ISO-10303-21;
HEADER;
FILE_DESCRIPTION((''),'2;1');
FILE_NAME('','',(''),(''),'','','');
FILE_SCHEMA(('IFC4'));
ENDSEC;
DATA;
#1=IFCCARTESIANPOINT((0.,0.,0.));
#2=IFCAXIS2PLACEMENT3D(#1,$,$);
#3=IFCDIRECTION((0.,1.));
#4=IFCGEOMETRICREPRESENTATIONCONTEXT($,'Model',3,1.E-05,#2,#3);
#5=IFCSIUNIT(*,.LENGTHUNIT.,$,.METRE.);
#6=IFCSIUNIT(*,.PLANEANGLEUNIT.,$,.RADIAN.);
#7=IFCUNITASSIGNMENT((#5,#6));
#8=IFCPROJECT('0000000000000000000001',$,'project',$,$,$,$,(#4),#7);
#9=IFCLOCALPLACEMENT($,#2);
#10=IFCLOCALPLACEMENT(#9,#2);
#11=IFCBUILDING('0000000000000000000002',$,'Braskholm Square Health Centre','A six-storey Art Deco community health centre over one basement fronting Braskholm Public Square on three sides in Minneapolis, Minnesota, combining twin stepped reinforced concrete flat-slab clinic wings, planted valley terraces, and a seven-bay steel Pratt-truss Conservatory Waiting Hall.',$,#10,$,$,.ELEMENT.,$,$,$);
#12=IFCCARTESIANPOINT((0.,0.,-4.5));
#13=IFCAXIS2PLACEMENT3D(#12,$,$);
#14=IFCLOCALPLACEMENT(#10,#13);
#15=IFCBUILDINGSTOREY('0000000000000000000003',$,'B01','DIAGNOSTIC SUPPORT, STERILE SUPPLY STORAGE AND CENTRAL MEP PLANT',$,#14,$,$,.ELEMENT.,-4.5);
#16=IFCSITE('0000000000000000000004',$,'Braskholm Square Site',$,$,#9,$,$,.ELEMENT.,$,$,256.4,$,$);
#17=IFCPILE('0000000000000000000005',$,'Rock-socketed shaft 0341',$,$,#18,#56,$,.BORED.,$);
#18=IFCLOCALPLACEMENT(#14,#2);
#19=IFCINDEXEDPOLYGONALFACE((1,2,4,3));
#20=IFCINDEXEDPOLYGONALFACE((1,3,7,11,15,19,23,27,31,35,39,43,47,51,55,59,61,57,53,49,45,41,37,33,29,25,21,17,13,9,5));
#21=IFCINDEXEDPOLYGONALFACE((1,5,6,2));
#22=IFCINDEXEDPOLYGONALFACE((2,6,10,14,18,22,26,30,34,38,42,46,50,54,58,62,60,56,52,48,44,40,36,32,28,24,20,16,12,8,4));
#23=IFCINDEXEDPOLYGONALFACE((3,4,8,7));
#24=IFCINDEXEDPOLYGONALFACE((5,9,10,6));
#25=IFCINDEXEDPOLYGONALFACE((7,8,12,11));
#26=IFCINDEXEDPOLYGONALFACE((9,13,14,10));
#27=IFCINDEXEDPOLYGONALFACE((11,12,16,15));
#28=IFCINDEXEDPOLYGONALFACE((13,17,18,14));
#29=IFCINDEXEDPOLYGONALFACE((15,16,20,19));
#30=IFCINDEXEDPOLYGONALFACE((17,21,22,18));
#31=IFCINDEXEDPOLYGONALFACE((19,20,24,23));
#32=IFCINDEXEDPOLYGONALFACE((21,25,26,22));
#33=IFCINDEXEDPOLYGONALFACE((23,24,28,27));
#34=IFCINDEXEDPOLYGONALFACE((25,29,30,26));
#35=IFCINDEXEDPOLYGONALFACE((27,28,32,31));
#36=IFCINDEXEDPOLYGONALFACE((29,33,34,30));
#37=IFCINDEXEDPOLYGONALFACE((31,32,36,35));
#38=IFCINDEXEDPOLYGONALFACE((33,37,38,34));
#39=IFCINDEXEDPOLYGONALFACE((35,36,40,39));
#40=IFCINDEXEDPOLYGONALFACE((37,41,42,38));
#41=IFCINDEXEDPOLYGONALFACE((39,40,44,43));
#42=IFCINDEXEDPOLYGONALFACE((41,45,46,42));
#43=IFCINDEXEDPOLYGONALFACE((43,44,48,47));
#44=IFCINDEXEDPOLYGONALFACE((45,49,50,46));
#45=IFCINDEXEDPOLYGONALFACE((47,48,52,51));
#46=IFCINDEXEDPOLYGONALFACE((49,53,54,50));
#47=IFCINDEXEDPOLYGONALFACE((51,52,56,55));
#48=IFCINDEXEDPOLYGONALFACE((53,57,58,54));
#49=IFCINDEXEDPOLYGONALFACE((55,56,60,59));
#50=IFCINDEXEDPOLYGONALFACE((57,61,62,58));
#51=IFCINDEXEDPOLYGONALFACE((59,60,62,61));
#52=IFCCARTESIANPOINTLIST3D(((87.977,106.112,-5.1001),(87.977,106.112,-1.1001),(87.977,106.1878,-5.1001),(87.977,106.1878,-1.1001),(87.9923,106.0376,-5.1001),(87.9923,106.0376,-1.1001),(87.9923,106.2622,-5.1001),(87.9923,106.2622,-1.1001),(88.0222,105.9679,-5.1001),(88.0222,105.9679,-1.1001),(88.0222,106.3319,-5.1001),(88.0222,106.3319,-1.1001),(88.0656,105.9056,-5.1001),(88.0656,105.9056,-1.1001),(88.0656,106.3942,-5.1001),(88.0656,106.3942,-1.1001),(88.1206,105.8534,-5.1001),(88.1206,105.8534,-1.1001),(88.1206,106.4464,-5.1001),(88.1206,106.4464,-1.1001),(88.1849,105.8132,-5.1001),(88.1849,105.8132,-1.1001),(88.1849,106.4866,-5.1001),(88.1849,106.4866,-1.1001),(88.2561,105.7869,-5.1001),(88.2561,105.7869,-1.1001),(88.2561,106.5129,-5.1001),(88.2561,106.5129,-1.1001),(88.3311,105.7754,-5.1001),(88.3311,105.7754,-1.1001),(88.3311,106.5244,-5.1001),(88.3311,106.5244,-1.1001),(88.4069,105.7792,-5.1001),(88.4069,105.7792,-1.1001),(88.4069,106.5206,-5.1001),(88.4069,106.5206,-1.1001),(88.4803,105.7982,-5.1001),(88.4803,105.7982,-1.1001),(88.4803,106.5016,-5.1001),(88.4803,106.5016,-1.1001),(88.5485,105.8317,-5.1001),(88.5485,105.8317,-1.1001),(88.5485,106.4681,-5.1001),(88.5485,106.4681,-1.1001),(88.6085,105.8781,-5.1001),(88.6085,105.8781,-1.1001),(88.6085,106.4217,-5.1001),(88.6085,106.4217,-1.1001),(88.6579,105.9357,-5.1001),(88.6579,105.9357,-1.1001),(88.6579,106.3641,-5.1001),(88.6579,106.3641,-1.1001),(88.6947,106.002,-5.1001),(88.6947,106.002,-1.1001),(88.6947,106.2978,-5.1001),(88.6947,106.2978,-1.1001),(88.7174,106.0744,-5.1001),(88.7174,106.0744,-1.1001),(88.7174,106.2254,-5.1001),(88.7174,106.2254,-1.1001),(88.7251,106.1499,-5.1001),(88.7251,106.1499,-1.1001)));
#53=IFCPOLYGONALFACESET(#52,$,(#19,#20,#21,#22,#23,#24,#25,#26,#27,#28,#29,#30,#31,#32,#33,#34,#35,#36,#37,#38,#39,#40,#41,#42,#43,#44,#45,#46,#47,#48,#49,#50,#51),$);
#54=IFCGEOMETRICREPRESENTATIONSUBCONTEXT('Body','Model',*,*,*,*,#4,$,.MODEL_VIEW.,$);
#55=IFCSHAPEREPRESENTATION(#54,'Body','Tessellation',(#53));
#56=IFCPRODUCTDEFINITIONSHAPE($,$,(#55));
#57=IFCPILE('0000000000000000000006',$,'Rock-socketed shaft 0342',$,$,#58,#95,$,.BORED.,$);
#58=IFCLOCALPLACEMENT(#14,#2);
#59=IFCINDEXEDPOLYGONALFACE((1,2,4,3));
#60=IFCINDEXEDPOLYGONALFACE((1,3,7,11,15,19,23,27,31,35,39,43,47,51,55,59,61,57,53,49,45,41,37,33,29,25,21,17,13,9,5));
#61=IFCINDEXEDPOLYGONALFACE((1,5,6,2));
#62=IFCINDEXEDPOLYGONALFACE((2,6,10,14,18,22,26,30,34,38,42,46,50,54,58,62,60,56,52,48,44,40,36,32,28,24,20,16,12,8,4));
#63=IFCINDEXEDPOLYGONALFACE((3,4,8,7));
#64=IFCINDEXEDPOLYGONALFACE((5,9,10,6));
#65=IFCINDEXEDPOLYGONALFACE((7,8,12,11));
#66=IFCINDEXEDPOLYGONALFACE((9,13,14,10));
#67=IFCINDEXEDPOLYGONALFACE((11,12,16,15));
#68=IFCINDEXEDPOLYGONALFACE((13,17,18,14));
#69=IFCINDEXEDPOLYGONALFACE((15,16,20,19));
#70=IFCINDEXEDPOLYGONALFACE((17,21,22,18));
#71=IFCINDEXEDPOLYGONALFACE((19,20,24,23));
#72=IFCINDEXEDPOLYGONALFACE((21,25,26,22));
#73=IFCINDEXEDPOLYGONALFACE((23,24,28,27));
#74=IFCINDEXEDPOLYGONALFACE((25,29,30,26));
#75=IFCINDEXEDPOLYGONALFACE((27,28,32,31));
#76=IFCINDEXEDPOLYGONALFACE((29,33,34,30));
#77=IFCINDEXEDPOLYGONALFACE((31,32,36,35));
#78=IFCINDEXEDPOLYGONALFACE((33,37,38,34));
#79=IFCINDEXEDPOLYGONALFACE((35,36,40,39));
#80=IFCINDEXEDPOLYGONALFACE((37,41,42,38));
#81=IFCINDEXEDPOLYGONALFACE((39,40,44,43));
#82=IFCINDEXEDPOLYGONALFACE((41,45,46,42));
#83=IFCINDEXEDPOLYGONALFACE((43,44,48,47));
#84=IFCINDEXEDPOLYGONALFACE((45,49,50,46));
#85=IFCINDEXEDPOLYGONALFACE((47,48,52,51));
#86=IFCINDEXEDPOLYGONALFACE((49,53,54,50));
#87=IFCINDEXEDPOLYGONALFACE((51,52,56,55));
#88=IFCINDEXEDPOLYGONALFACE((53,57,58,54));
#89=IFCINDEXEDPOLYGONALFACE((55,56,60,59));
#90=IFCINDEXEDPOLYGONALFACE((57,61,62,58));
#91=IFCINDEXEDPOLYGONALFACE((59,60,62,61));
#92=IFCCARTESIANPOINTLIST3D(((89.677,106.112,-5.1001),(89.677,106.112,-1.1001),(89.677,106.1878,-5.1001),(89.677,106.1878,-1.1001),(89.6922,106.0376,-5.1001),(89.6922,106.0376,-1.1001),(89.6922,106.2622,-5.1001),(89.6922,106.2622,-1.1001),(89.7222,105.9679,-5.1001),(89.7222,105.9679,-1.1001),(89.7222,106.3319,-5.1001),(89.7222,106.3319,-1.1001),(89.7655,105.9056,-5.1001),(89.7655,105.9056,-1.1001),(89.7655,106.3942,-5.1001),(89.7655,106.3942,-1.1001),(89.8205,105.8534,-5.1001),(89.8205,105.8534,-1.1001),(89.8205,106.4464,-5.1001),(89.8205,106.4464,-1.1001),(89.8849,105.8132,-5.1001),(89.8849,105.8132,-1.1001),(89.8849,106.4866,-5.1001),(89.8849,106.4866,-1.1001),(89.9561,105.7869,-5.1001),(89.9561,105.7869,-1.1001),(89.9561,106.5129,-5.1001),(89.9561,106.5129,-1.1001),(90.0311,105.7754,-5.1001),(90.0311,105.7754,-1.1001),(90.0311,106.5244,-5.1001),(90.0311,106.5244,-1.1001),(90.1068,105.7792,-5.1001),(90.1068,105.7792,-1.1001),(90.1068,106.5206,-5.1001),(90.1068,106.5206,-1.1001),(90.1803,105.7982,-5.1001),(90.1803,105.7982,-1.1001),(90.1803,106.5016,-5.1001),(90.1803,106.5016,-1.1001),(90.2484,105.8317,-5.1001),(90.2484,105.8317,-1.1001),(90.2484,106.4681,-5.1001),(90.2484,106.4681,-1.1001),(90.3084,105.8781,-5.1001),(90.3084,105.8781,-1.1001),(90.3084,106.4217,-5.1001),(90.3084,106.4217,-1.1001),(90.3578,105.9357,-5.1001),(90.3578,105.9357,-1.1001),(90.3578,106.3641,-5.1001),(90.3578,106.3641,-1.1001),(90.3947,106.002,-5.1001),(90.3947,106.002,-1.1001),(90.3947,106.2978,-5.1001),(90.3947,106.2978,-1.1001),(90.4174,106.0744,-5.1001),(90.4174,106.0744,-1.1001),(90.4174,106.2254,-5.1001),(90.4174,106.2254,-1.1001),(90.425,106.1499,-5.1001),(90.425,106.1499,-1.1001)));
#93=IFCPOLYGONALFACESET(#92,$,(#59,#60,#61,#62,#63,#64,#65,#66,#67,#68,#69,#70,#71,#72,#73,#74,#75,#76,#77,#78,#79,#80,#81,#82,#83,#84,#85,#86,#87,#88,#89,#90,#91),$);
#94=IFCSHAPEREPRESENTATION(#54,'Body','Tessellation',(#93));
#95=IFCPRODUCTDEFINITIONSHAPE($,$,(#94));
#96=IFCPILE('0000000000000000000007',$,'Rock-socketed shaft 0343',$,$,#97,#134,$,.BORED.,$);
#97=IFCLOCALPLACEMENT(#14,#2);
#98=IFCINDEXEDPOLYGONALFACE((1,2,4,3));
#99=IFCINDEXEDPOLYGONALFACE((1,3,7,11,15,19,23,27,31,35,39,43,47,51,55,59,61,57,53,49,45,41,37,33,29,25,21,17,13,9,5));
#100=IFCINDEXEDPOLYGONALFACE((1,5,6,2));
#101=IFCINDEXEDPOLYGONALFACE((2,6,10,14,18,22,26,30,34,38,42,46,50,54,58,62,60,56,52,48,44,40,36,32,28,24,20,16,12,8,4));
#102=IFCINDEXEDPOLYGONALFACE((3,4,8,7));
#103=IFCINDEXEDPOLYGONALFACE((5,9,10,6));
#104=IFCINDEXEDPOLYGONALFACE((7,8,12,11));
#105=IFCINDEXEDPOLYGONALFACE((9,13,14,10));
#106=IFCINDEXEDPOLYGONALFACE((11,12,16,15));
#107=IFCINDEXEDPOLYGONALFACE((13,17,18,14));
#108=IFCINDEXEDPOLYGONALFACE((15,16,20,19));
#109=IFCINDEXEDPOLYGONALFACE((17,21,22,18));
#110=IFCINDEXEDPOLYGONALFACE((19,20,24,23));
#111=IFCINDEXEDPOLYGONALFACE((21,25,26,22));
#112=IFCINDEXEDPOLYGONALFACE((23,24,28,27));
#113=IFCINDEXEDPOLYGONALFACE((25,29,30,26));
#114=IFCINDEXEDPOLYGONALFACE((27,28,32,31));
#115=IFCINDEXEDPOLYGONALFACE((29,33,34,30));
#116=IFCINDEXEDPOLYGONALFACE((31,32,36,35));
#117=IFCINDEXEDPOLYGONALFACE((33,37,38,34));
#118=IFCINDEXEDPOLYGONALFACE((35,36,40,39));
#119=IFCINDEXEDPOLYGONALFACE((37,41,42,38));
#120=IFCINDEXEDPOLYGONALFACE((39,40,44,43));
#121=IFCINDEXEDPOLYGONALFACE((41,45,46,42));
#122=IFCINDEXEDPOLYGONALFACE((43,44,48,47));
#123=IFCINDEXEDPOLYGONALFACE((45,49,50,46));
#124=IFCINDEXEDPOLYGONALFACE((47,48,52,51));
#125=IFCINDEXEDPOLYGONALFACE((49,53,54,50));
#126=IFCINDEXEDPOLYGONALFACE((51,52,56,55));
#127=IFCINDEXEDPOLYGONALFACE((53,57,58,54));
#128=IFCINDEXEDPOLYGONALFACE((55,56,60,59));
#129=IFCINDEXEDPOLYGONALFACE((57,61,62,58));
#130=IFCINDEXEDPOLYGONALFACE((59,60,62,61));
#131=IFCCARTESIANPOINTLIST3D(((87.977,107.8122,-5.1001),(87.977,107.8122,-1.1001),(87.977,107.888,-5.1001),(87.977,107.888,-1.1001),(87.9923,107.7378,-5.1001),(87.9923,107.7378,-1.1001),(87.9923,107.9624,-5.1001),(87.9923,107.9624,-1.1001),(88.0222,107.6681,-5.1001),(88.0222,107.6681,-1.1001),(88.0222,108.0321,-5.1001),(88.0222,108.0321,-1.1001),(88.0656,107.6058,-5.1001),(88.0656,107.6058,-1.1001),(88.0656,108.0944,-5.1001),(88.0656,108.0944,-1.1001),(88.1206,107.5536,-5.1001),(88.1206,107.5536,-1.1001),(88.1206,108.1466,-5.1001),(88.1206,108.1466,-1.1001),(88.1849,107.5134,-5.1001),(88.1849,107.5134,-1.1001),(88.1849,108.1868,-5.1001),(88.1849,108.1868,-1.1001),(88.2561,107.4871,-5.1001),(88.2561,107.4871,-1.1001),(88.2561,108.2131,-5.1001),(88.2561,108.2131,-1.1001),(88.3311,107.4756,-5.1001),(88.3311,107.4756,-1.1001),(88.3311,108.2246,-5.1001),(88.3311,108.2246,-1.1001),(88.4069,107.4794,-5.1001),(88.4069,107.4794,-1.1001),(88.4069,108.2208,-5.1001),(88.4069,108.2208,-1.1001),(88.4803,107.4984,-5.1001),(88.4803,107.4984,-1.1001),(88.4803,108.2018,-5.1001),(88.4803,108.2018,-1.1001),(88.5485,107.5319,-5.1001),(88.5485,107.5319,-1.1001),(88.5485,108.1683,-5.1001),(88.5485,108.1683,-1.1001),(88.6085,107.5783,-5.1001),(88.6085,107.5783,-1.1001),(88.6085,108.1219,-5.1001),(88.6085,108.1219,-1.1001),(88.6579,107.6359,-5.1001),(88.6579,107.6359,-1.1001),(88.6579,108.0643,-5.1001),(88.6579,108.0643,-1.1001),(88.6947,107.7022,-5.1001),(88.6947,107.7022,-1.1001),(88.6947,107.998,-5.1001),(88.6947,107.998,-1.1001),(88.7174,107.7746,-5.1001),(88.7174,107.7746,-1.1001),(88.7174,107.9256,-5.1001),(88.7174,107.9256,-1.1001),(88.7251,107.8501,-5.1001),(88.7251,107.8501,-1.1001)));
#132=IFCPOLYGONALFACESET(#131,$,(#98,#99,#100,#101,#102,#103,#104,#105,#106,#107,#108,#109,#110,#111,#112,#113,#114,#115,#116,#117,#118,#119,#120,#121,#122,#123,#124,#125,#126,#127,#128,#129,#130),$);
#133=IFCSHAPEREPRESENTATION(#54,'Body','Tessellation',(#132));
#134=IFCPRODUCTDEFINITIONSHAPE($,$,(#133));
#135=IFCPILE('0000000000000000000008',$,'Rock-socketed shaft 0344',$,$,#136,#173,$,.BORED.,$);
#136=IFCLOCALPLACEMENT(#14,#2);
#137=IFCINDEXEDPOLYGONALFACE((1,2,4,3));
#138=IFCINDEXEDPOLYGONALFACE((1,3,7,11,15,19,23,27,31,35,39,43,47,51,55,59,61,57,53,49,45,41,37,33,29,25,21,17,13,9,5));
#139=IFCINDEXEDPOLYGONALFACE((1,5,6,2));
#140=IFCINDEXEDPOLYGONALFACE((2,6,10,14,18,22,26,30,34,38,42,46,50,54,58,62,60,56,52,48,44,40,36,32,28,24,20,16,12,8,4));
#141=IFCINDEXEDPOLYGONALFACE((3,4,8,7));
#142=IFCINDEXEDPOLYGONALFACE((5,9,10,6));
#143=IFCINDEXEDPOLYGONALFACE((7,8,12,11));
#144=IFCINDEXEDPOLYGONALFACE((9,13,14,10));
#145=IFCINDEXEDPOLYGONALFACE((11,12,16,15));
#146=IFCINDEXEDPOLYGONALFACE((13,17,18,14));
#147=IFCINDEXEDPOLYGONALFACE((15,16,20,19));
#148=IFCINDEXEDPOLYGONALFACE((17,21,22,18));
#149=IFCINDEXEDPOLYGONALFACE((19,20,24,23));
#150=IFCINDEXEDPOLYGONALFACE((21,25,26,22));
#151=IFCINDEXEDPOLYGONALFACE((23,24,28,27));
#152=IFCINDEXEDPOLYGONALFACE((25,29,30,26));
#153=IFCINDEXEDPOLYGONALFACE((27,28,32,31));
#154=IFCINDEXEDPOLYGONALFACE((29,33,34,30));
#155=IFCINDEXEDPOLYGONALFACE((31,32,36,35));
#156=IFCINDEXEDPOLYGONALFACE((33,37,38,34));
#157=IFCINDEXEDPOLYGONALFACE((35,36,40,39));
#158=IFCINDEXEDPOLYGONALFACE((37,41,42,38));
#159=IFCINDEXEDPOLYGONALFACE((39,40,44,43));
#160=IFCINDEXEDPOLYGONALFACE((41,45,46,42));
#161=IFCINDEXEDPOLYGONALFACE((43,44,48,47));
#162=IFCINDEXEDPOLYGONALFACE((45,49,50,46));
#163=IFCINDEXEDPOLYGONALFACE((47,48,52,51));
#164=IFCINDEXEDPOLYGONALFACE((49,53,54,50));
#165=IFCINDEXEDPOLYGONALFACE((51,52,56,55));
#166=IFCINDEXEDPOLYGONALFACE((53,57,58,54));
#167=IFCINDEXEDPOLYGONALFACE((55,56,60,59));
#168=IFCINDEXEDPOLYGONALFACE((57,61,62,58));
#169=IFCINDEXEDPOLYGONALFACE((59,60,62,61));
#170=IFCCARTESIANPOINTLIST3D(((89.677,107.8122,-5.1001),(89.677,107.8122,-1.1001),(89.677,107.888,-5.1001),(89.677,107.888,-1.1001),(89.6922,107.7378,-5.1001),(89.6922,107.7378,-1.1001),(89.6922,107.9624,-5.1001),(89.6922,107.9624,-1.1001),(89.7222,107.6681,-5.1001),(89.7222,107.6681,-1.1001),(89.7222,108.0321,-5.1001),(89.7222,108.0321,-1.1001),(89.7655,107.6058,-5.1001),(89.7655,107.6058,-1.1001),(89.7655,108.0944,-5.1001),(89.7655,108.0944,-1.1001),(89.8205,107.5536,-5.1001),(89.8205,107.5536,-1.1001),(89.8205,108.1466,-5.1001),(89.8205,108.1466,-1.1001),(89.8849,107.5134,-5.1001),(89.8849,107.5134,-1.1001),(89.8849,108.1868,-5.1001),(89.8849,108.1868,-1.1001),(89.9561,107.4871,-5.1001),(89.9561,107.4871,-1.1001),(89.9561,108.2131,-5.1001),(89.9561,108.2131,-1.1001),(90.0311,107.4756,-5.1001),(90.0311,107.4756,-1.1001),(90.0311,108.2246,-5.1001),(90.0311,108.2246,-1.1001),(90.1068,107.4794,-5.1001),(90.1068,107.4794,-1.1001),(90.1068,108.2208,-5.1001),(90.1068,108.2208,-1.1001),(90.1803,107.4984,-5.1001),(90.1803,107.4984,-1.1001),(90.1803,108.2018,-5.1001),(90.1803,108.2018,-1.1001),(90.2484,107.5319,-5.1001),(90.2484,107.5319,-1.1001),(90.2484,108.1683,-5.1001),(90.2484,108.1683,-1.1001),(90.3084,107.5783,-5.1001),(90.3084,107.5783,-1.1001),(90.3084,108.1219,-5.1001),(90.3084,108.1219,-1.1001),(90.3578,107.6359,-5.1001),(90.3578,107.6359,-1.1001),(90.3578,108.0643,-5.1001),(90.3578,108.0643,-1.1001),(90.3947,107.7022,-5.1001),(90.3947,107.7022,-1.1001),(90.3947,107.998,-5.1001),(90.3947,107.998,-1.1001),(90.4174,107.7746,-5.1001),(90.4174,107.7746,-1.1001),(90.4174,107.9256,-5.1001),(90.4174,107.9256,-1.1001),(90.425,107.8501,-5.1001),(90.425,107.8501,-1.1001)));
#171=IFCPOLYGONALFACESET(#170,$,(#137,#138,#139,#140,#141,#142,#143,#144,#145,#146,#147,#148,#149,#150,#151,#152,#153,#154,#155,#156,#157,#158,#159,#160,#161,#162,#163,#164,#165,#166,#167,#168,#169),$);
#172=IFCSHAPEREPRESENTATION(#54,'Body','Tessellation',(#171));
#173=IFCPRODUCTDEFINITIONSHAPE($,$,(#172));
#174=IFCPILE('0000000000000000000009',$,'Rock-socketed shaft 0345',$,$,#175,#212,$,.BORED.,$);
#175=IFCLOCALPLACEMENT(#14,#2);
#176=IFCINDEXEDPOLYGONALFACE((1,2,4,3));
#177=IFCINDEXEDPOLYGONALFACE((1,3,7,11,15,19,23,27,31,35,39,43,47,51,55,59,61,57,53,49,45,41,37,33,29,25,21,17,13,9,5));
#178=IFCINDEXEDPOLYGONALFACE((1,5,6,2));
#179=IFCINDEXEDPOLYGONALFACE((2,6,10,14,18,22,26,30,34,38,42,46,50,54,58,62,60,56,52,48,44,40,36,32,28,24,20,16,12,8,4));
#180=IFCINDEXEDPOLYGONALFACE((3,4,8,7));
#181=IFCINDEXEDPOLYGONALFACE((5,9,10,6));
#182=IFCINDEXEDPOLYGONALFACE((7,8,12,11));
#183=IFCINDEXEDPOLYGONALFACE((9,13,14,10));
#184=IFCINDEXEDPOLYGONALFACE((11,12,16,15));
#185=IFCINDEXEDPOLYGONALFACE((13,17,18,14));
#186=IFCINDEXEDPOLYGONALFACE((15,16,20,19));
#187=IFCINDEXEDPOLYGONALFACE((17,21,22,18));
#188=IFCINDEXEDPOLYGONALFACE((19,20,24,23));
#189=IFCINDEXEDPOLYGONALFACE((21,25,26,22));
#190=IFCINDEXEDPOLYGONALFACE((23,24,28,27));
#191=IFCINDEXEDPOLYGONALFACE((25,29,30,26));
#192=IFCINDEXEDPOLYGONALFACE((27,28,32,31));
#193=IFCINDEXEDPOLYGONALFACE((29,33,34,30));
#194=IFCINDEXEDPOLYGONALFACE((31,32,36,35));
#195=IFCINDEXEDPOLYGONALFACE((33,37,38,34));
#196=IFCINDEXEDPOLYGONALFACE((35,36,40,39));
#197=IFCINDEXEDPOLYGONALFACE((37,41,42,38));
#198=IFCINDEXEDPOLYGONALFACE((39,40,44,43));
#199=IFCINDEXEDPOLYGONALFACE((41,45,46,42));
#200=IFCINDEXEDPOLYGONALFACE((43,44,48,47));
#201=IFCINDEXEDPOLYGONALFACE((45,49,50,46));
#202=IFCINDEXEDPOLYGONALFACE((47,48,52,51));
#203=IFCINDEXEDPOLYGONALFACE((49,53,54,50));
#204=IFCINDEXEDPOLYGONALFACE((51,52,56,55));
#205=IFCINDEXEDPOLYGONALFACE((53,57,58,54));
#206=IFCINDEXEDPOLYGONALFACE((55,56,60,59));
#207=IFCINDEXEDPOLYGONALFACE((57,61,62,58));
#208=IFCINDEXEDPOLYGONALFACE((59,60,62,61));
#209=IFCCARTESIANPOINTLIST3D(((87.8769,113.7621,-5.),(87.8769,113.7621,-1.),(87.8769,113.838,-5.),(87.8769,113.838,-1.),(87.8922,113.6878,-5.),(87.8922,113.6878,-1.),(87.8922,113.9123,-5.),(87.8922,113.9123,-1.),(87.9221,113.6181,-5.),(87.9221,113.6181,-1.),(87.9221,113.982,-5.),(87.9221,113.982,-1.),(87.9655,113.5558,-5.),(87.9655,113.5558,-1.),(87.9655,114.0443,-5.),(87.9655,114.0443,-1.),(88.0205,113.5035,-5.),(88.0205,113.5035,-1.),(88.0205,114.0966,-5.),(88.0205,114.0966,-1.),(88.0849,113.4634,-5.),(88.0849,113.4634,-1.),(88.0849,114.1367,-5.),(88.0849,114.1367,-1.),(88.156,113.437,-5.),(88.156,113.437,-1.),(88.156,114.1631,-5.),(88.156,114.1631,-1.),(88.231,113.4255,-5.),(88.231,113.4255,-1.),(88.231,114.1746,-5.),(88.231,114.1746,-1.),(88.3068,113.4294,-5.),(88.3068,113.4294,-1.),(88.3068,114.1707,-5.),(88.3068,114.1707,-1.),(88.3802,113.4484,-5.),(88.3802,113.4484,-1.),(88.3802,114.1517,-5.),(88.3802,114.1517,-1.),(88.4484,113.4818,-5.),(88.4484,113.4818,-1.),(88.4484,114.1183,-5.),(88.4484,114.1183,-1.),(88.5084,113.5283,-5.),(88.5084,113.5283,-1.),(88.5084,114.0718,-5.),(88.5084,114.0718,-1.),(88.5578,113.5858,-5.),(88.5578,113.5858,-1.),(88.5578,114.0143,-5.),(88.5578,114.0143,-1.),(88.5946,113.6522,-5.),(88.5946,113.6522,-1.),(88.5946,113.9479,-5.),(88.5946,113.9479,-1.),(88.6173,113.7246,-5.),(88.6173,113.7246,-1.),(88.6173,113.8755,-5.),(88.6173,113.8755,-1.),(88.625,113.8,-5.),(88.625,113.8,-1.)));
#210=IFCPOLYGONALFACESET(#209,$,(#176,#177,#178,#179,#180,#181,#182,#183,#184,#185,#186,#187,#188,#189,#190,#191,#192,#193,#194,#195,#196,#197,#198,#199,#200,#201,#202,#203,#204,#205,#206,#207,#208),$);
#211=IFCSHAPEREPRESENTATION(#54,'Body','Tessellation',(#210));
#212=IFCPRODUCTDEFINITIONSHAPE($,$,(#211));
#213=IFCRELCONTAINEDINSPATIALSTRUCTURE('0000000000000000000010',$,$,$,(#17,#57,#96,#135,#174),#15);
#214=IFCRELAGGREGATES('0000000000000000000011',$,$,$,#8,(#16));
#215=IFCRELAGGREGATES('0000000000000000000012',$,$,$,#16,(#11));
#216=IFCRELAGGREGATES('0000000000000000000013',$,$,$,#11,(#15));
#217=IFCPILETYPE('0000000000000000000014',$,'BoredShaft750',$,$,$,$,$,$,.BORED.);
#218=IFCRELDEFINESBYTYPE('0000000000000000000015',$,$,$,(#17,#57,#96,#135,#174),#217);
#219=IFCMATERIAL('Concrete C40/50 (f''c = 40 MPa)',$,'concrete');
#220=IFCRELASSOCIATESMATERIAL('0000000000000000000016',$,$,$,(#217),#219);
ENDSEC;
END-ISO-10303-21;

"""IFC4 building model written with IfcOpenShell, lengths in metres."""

from ifc_helpers import new_model, si_unit, direction, frame, origin, origin_2d, place, context, subcontext, project, spatial, circle, extrude, material, material_profile, profile_set, type_object, element, save


model = new_model("IFC4")

# Units and contexts
model_context = context("Model", 3, precision=1e-05, world=origin(), true_north=direction((0.0, 1.0)))
body_context = subcontext(model_context, "Body", "Model", "MODEL_VIEW")
ifc_project = project(units=[si_unit("LENGTHUNIT", "METRE"), si_unit("PLANEANGLEUNIT", "RADIAN")], contexts=[model_context])

# Site, building, storey
site_placement = place(None, origin())
site = spatial("IfcSite", under=ifc_project, at=site_placement, Name="Braskholm Square Site", CompositionType="ELEMENT", RefElevation=256.4)
building_placement = place(site_placement, origin())
building = spatial("IfcBuilding", under=site, at=building_placement, Name="Braskholm Square Health Centre", Description="A six-storey Art Deco community health centre over one basement fronting Braskholm Public Square on three sides in Minneapolis, Minnesota, combining twin stepped reinforced concrete flat-slab clinic wings, planted valley terraces, and a seven-bay steel Pratt-truss Conservatory Waiting Hall.", CompositionType="ELEMENT")
storey_placement = place(building_placement, frame((0.0, 0.0, -4.5)))
storey = spatial("IfcBuildingStorey", under=building, at=storey_placement, Name="B01", Description="DIAGNOSTIC SUPPORT, STERILE SUPPLY STORAGE AND CENTRAL MEP PLANT", CompositionType="ELEMENT", Elevation=-4.5)

# Piles
ifc_material_1 = material(Name="Concrete C40/50 (f'c = 40 MPa)", Category="concrete")
ifc_material_profile_1 = material_profile(ifc_material_1, circle(Radius=0.375, at=origin_2d()), Name="BORED-PILE-750")
ifc_profile_set_1 = profile_set([ifc_material_profile_1], Name="Concrete C40/50 (f'c = 40 MPa)")
pile_type_1 = type_object("IfcPileType", Name="BoredShaft750", PredefinedType="BORED", material=ifc_profile_set_1)
for number, where, z_axis, x_axis, name in (
    (1, (88.3501, 106.1499, -1.1001), (0.0, 0.0, -1.0), (1.0, 0.0, 0.0), "Rock-socketed shaft 0341"),
    (2, (90.05, 106.1499, -1.1001), (0.0, 0.0, -1.0), (1.0, 0.0, 0.0), "Rock-socketed shaft 0342"),
    (3, (88.3501, 107.8501, -1.1001), (0.0, 0.0, -1.0), (1.0, 0.0, 0.0), "Rock-socketed shaft 0343"),
    (4, (90.05, 107.8501, -1.1001), (0.0, 0.0, -1.0), (1.0, 0.0, 0.0), "Rock-socketed shaft 0344"),
    (5, (88.25, 113.8, -1.0), (0.0, 0.0, -1.0), (1.0, 0.0, 0.0), "Rock-socketed shaft 0345"),
):
    element("IfcPile", number, at=place(storey_placement, frame(where, z_axis=z_axis, x_axis=x_axis)), inside=storey, type_object=pile_type_1, Name=name, PredefinedType="BORED", context=body_context, shape_type="SweptSolid", body=[
        extrude(circle(Radius=0.375, at=origin_2d()), origin(), (0.0, 0.0, 1.0), 4.0),
    ])

save(model, "model.ifc")
